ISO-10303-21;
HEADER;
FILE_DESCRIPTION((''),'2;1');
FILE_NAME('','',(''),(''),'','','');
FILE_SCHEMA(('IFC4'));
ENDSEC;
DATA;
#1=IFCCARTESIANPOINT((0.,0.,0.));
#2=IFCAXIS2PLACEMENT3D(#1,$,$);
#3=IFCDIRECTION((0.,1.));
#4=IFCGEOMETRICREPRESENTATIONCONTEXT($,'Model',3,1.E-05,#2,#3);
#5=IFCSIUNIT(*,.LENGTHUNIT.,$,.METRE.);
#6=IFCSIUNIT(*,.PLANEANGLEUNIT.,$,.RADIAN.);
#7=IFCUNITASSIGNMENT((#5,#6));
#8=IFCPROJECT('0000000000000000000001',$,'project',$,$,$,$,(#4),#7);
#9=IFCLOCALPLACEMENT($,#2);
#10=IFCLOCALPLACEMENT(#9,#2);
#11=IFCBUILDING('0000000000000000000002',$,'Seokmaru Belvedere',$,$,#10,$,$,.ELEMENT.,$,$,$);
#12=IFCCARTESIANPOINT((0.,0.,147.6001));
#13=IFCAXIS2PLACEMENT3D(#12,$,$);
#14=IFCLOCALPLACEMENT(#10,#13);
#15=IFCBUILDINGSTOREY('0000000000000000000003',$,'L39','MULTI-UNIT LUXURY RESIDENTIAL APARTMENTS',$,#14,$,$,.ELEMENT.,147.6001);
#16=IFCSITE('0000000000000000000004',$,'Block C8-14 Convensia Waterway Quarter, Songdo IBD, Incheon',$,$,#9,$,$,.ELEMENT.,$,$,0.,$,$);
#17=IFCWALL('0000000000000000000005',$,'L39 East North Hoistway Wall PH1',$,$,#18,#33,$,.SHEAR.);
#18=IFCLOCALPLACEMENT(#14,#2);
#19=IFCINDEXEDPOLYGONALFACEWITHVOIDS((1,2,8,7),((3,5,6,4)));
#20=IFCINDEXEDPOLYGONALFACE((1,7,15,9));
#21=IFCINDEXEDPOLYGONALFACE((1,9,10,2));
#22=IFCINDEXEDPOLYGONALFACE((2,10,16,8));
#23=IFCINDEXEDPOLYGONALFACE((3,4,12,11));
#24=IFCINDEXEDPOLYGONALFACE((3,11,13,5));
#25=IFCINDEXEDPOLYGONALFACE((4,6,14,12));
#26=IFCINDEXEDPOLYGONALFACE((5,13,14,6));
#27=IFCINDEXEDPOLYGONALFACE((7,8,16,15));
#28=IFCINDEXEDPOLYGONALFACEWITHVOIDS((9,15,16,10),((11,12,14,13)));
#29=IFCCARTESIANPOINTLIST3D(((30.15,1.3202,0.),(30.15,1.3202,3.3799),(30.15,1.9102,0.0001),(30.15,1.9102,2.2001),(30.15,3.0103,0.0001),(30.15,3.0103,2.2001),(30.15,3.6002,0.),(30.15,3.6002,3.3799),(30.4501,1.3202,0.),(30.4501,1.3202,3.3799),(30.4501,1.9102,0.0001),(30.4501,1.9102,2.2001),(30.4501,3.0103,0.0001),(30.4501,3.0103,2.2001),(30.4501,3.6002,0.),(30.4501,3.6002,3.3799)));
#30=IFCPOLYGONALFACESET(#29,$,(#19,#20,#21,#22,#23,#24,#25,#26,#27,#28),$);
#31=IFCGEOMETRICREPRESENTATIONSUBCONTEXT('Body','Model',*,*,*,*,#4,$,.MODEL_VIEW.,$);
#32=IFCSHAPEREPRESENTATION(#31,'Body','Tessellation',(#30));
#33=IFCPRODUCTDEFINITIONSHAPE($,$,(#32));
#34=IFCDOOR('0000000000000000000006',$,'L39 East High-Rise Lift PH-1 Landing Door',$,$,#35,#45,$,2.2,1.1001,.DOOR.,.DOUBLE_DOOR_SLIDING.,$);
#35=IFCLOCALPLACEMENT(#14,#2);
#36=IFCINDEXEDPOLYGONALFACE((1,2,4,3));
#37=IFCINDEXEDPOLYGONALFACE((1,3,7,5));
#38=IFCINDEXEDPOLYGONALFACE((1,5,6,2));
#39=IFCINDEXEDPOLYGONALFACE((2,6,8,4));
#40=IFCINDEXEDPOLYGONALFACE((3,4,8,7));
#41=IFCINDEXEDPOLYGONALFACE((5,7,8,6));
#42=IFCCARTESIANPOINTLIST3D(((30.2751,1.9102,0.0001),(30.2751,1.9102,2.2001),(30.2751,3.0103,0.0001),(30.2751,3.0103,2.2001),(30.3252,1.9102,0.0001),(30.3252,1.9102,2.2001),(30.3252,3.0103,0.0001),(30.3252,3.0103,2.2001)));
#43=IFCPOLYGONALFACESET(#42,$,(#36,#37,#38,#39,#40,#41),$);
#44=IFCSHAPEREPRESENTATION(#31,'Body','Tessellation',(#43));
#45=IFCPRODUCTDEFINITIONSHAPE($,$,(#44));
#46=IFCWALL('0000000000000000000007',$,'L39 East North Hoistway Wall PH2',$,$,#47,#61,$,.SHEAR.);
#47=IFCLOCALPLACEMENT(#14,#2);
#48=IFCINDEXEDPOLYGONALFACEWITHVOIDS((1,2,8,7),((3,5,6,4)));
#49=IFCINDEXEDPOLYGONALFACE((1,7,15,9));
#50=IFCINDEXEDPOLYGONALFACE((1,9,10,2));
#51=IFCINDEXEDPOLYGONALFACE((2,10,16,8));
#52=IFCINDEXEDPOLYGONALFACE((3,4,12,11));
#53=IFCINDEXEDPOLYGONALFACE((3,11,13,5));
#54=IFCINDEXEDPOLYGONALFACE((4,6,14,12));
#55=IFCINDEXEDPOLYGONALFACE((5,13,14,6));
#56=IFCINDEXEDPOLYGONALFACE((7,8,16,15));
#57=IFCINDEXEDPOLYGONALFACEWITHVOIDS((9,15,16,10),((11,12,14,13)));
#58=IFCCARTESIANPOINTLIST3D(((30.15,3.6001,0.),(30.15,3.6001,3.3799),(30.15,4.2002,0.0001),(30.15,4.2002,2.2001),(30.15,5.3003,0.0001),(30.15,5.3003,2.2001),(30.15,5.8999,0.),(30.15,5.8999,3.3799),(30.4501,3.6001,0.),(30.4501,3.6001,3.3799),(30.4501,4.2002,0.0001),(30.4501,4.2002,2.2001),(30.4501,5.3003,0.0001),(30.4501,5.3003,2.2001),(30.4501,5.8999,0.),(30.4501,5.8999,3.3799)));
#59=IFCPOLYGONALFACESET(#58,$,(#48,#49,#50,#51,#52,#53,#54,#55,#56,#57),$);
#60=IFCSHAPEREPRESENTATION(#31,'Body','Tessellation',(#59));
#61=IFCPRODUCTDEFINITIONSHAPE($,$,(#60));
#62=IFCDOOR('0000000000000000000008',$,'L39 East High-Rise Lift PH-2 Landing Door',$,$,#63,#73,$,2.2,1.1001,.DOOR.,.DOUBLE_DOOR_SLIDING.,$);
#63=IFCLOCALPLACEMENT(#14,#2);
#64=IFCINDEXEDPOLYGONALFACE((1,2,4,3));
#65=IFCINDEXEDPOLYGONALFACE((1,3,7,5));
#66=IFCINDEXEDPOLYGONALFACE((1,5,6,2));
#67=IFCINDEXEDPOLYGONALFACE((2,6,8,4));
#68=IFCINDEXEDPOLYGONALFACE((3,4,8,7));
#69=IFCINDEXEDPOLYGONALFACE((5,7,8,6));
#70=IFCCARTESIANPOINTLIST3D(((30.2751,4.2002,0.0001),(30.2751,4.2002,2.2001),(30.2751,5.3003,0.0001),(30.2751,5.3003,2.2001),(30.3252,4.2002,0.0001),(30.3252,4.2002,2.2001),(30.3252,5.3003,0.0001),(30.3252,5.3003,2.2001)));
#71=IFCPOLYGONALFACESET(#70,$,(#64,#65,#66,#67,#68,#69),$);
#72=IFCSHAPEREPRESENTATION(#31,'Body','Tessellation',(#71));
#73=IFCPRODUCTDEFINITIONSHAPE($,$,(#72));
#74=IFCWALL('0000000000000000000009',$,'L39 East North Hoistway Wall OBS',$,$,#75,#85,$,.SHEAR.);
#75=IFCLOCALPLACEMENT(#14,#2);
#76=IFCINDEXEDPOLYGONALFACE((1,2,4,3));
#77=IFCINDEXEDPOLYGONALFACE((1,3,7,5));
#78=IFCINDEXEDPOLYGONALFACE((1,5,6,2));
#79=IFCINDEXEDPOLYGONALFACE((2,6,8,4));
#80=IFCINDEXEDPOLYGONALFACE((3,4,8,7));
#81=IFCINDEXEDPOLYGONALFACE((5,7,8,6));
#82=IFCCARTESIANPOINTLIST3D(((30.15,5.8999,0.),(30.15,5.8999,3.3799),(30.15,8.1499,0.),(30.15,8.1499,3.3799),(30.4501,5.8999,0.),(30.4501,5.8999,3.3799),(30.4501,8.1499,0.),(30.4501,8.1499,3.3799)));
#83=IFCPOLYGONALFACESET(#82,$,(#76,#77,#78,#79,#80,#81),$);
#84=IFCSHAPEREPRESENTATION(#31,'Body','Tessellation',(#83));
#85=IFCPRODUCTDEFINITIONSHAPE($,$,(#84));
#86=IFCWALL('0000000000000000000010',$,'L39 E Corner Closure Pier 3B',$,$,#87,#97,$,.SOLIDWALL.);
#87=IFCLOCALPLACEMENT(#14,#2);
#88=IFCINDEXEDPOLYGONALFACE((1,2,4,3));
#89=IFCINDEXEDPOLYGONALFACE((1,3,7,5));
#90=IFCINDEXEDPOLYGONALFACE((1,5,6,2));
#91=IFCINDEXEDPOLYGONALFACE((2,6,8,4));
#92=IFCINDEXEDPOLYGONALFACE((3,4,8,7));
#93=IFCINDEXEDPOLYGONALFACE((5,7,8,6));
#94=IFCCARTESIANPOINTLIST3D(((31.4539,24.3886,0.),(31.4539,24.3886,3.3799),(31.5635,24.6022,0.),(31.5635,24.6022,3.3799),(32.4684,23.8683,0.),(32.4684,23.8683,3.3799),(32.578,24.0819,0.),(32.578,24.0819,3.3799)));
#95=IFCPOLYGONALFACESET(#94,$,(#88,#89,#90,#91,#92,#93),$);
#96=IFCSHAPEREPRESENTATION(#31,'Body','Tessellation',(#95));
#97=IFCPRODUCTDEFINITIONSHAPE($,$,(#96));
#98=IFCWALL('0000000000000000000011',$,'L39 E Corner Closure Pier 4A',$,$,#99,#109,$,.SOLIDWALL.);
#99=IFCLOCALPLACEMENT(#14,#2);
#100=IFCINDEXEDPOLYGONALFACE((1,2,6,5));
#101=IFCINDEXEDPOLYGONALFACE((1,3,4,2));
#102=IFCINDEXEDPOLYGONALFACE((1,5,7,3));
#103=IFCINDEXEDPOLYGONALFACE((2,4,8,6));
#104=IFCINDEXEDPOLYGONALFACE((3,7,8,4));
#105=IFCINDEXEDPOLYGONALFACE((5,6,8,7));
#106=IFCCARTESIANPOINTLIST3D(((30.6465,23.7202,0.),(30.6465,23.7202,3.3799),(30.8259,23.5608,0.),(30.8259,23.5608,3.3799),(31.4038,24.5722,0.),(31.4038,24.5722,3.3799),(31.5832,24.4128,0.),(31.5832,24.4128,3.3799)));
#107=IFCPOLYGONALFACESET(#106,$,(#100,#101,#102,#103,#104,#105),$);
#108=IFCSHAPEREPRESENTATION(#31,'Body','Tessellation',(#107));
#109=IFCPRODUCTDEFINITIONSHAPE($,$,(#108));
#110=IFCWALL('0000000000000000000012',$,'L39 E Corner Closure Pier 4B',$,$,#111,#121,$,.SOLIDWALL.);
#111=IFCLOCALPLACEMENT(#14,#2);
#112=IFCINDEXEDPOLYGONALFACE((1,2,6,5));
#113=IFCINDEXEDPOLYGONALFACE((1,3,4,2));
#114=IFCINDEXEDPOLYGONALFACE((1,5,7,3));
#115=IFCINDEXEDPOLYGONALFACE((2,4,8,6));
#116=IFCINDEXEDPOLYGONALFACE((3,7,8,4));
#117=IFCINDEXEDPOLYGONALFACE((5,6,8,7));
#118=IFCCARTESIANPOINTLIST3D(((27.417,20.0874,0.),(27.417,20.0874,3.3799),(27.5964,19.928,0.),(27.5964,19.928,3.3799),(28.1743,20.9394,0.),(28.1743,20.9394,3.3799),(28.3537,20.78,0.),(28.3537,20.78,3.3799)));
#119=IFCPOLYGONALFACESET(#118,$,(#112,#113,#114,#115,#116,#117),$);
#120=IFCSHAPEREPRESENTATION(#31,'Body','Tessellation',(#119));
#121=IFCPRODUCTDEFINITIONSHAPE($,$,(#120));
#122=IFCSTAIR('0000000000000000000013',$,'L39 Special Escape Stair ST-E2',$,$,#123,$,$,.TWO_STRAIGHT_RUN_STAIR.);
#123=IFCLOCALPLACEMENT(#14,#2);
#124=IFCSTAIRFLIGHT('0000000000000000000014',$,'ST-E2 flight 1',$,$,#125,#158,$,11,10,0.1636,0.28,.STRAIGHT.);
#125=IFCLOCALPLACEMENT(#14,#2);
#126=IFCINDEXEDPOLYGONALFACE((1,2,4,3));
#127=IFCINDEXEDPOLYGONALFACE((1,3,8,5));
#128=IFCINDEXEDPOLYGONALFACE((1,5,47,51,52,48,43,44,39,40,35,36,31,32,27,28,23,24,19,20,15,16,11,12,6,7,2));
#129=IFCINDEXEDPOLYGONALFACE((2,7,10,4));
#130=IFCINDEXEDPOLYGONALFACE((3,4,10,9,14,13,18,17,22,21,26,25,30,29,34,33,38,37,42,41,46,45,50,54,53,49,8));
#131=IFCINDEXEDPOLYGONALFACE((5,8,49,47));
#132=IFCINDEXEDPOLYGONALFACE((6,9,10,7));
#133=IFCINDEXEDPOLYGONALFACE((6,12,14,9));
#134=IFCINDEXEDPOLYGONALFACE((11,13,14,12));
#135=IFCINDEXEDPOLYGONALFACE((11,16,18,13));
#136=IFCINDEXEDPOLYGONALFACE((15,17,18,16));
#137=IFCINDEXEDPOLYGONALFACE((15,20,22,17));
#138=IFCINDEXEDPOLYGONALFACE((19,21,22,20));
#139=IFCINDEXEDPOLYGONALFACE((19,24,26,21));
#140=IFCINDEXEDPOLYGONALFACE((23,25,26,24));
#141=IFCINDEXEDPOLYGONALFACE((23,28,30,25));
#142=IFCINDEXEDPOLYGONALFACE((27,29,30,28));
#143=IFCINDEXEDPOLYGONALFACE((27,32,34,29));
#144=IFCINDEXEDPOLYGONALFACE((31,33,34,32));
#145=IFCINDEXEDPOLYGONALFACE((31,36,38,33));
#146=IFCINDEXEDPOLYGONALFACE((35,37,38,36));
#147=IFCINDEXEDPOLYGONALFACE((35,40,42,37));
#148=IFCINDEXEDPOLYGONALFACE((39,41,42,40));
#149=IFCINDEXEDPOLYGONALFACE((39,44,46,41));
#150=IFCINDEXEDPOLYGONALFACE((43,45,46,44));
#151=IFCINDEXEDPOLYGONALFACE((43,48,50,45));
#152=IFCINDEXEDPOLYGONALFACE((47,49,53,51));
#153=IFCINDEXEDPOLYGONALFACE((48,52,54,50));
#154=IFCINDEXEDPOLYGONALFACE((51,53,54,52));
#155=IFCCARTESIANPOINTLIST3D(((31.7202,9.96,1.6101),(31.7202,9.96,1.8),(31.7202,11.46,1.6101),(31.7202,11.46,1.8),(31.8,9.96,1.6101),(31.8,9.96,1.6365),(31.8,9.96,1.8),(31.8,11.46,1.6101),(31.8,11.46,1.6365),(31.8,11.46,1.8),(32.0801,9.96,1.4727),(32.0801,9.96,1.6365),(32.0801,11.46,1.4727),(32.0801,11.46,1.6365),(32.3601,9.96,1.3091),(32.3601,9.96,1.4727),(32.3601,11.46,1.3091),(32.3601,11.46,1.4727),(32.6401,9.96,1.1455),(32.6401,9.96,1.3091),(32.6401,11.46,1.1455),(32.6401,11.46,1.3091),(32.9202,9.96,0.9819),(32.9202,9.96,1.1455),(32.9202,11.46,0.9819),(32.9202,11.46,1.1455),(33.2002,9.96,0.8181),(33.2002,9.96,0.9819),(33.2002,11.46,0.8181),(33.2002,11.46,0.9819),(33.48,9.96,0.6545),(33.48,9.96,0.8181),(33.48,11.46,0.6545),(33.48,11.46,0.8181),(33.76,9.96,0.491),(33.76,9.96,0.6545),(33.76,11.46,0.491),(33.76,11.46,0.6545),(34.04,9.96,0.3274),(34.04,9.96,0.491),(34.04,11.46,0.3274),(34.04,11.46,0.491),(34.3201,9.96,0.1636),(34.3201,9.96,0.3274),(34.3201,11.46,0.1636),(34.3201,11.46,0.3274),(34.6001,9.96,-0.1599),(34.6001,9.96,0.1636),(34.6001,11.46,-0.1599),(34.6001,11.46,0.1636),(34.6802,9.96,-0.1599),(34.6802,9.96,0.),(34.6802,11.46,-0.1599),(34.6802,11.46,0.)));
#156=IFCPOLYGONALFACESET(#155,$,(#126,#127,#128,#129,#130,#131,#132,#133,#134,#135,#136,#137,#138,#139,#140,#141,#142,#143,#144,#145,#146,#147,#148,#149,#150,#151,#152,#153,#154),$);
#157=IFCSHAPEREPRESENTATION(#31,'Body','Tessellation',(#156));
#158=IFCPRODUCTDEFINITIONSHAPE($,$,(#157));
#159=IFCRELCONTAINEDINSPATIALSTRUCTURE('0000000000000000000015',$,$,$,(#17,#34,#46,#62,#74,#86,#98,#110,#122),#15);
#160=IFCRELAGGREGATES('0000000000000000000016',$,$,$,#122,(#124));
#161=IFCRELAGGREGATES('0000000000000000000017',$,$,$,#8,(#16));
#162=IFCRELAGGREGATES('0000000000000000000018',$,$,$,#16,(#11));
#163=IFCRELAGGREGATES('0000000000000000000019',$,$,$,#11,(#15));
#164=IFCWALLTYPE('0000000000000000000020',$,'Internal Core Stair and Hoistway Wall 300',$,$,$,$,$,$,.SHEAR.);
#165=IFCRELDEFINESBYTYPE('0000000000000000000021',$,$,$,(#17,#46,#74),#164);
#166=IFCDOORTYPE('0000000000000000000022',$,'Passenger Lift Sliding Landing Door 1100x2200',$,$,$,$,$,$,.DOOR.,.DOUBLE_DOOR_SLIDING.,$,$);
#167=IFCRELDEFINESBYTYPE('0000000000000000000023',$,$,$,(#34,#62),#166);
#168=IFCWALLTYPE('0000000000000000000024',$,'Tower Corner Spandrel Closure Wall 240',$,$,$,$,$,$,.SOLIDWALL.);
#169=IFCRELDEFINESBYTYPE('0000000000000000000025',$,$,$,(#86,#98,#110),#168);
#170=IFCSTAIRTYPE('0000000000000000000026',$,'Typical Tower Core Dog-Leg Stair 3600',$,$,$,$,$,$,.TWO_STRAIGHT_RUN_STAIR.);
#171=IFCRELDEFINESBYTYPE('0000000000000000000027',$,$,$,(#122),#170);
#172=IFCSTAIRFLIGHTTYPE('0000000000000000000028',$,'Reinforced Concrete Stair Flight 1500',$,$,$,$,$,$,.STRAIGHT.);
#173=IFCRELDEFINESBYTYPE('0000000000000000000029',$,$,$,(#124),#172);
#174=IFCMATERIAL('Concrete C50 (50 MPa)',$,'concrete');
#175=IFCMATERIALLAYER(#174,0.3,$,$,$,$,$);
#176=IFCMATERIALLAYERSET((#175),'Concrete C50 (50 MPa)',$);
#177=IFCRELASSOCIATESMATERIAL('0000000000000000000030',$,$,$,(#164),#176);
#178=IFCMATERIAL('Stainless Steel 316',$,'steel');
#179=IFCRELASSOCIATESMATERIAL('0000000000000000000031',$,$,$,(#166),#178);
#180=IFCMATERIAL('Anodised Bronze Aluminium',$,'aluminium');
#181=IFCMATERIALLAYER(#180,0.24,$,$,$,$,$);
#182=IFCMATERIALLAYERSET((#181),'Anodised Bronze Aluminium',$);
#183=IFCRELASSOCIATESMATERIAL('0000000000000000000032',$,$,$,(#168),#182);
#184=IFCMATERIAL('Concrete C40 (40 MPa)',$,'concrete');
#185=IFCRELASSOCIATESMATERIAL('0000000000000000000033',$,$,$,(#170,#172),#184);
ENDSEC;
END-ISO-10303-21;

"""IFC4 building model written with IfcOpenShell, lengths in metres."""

from ifc_helpers import new_model, si_unit, direction, frame, frame_2d, origin, place, context, subcontext, project, spatial, polyline, rectangle, outline, extrude, source, transform, mapped, material, layer, layer_set, type_object, type_shapes, element, fill, aggregate, save


model = new_model("IFC4")

# Units and contexts
model_context = context("Model", 3, precision=1e-05, world=origin(), true_north=direction((0.0, 1.0)))
body_context = subcontext(model_context, "Body", "Model", "MODEL_VIEW")
ifc_project = project(units=[si_unit("LENGTHUNIT", "METRE"), si_unit("PLANEANGLEUNIT", "RADIAN")], contexts=[model_context])

# Site, building, storey
site_placement = place(None, origin())
site = spatial("IfcSite", under=ifc_project, at=site_placement, Name="Block C8-14 Convensia Waterway Quarter, Songdo IBD, Incheon", CompositionType="ELEMENT", RefElevation=0.0)
building_placement = place(site_placement, origin())
building = spatial("IfcBuilding", under=site, at=building_placement, Name="Seokmaru Belvedere", CompositionType="ELEMENT")
storey_placement = place(building_placement, frame((0.0, 0.0, 147.6001)))
storey = spatial("IfcBuildingStorey", under=building, at=storey_placement, Name="L39", Description="MULTI-UNIT LUXURY RESIDENTIAL APARTMENTS", CompositionType="ELEMENT", Elevation=147.6001)

# Shared definitions
ifc_material_1 = material(Name="Anodised Bronze Aluminium", Category="aluminium")

# Walls, openings, doors
ifc_material_2 = material(Name="Concrete C50 (50 MPa)", Category="concrete")
ifc_layer_1 = layer(ifc_material_2, 0.3)
ifc_layer_set_1 = layer_set([ifc_layer_1], Name="Concrete C50 (50 MPa)")
wall_type_1 = type_object("IfcWallType", Name="Internal Core Stair and Hoistway Wall 300", PredefinedType="SHEAR", material=ifc_layer_set_1)
wall_1_placement = place(storey_placement, frame((30.3, 1.3201, 0.0), z_axis=(0.0, 0.0, 1.0), x_axis=(0.0, 1.0, 0.0)))
wall_1 = element("IfcWall", 1, at=wall_1_placement, inside=storey, type_object=wall_type_1, Name="L39 East North Hoistway Wall PH1", PredefinedType="SHEAR", context=body_context, shape_type="SweptSolid", body=[
    extrude(rectangle(XDim=2.28, YDim=0.3, at=frame_2d((1.1401, 0.0))), origin(), (0.0, 0.0, 1.0), 3.3799),
])
opening_1_placement = place(wall_1_placement, frame((0.5901, 0.0, 0.0)))
opening_1 = element("IfcOpeningElement", 2, at=opening_1_placement, cuts=wall_1, PredefinedType="OPENING", context=body_context, shape_type="SweptSolid", body=[
    extrude(rectangle(XDim=1.1001, YDim=2.2, at=frame_2d((0.55, 1.1001))), frame((0.0, 0.1602, 0.0), z_axis=(0.0, -1.0, 0.0), x_axis=(1.0, 0.0, 0.0)), (0.0, 0.0, 1.0), 0.3201),
])
ifc_material_3 = material(Name="Stainless Steel 316", Category="steel")
door_type_1 = type_object("IfcDoorType", Name="Passenger Lift Sliding Landing Door 1100x2200", OperationType="DOUBLE_DOOR_SLIDING", PredefinedType="DOOR", material=ifc_material_3)
shared_shape_1 = source(origin(), body_context, "Body", "SweptSolid", [
    extrude(rectangle(XDim=1.1001, YDim=2.2, at=frame_2d((0.55, 1.1001))), frame((0.0, 0.0249, 0.0), z_axis=(0.0, -1.0, 0.0), x_axis=(1.0, 0.0, 0.0)), (0.0, 0.0, 1.0), 0.05),
])
type_shapes(door_type_1, [shared_shape_1])
door_1_placement = place(opening_1_placement, origin())
door_1 = element("IfcDoor", 3, at=door_1_placement, inside=storey, type_object=door_type_1, Name="L39 East High-Rise Lift PH-1 Landing Door", OperationType="DOUBLE_DOOR_SLIDING", OverallHeight=2.2, OverallWidth=1.1001, PredefinedType="DOOR", context=body_context, shape_type="MappedRepresentation", body=[
    mapped(shared_shape_1, transform((0.0, 0.0, 0.0), scale=1.0)),
])
fill(opening_1, door_1)
wall_2_placement = place(storey_placement, frame((30.3, 3.6001, 0.0), z_axis=(0.0, 0.0, 1.0), x_axis=(0.0, 1.0, 0.0)))
wall_2 = element("IfcWall", 4, at=wall_2_placement, inside=storey, type_object=wall_type_1, Name="L39 East North Hoistway Wall PH2", PredefinedType="SHEAR", context=body_context, shape_type="SweptSolid", body=[
    extrude(rectangle(XDim=2.2998, YDim=0.3, at=frame_2d((1.1499, 0.0))), origin(), (0.0, 0.0, 1.0), 3.3799),
])
opening_2_placement = place(wall_2_placement, frame((0.6001, 0.0, 0.0)))
opening_2 = element("IfcOpeningElement", 5, at=opening_2_placement, cuts=wall_2, PredefinedType="OPENING", context=body_context, shape_type="SweptSolid", body=[
    extrude(rectangle(XDim=1.1001, YDim=2.2, at=frame_2d((0.55, 1.1001))), frame((0.0, 0.1602, 0.0), z_axis=(0.0, -1.0, 0.0), x_axis=(1.0, 0.0, 0.0)), (0.0, 0.0, 1.0), 0.3201),
])
door_2_placement = place(opening_2_placement, origin())
door_2 = element("IfcDoor", 6, at=door_2_placement, inside=storey, type_object=door_type_1, Name="L39 East High-Rise Lift PH-2 Landing Door", OperationType="DOUBLE_DOOR_SLIDING", OverallHeight=2.2, OverallWidth=1.1001, PredefinedType="DOOR", context=body_context, shape_type="MappedRepresentation", body=[
    mapped(shared_shape_1, transform((0.0, 0.0, 0.0), scale=1.0)),
])
fill(opening_2, door_2)

# Wall
wall_3_placement = place(storey_placement, frame((30.3, 5.8999, 0.0), z_axis=(0.0, 0.0, 1.0), x_axis=(0.0, 1.0, 0.0)))
element("IfcWall", 7, at=wall_3_placement, inside=storey, type_object=wall_type_1, Name="L39 East North Hoistway Wall OBS", PredefinedType="SHEAR", context=body_context, shape_type="SweptSolid", body=[
    extrude(rectangle(XDim=2.25, YDim=0.3, at=frame_2d((1.125, 0.0))), origin(), (0.0, 0.0, 1.0), 3.3799),
])

# Walls
ifc_layer_2 = layer(ifc_material_1, 0.24)
ifc_layer_set_2 = layer_set([ifc_layer_2], Name="Anodised Bronze Aluminium")
wall_type_2 = type_object("IfcWallType", Name="Tower Corner Spandrel Closure Wall 240", PredefinedType="SOLIDWALL", material=ifc_layer_set_2)
wall_4_placement = place(storey_placement, frame((32.5232, 23.9751, 0.0), z_axis=(0.0, 0.0, 1.0), x_axis=(-0.889797, 0.456356, 0.0)))
element("IfcWall", 8, at=wall_4_placement, inside=storey, type_object=wall_type_2, Name="L39 E Corner Closure Pier 3B", PredefinedType="SOLIDWALL", context=body_context, shape_type="SweptSolid", body=[
    extrude(rectangle(XDim=1.1401, YDim=0.24, at=frame_2d((0.5701, 0.0))), origin(), (0.0, 0.0, 1.0), 3.3799),
])
for number, where, z_axis, x_axis, name in (
    (9, (31.4934, 24.4924, 0.0), (0.0, 0.0, 1.0), (-0.664337, -0.747433, 0.0), "L39 E Corner Closure Pier 4A"),
    (10, (28.2639, 20.8596, 0.0), (0.0, 0.0, 1.0), (-0.664337, -0.747433, 0.0), "L39 E Corner Closure Pier 4B"),
):
    element("IfcWall", number, at=place(storey_placement, frame(where, z_axis=z_axis, x_axis=x_axis)), inside=storey, type_object=wall_type_2, Name=name, PredefinedType="SOLIDWALL", context=body_context, shape_type="SweptSolid", body=[
        extrude(rectangle(XDim=1.1399, YDim=0.24, at=frame_2d((0.5698, 0.0))), origin(), (0.0, 0.0, 1.0), 3.3799),
    ])

# Stair, stair flight
ifc_material_4 = material(Name="Concrete C40 (40 MPa)", Category="concrete")
stair_type = type_object("IfcStairType", Name="Typical Tower Core Dog-Leg Stair 3600", PredefinedType="TWO_STRAIGHT_RUN_STAIR", material=ifc_material_4)
stair_placement = place(storey_placement, origin())
stair = element("IfcStair", 11, at=stair_placement, inside=storey, type_object=stair_type, Name="L39 Special Escape Stair ST-E2", PredefinedType="TWO_STRAIGHT_RUN_STAIR")
stair_flight_type = type_object("IfcStairFlightType", Name="Reinforced Concrete Stair Flight 1500", PredefinedType="STRAIGHT", material=ifc_material_4)
stair_flight_1_placement = place(storey_placement, frame((34.6001, 10.71, 0.0), z_axis=(0.0, 0.0, 1.0), x_axis=(-1.0, 0.0, 0.0)))
stair_flight_1 = element("IfcStairFlight", 12, at=stair_flight_1_placement, type_object=stair_flight_type, Name="ST-E2 flight 1", NumberOfRisers=11, NumberOfTreads=10, PredefinedType="STRAIGHT", RiserHeight=0.1636, TreadLength=0.28, context=body_context, shape_type="SweptSolid", body=[
    extrude(outline(polyline([(-0.0801, 0.0), (0.0, 0.1636), (0.28, 0.1636), (0.28, 0.3274), (0.5601, 0.3274), (0.5601, 0.491), (0.8401, 0.491), (0.8401, 0.6545), (1.1201, 0.6545), (1.1201, 0.8181), (1.3999, 0.8181), (1.3999, 0.9819), (1.6799, 0.9819), (1.6799, 1.1455), (1.96, 1.1455), (1.96, 1.3091), (2.24, 1.3091), (2.24, 1.4727), (2.52, 1.4727), (2.52, 1.6365), (2.8, 1.6365), (2.8, 1.8), (2.8799, 1.8), (2.8799, 1.6101), (2.8, 1.6101), (0.0, -0.1599), (-0.0801, -0.1599), (-0.0801, 0.0)])), frame((0.0, 0.75, 0.0), z_axis=(0.0, -1.0, 0.0), x_axis=(1.0, 0.0, 0.0)), (0.0, 0.0, 1.0), 1.5),
])
aggregate(stair, [stair_flight_1])

save(model, "model.ifc")
